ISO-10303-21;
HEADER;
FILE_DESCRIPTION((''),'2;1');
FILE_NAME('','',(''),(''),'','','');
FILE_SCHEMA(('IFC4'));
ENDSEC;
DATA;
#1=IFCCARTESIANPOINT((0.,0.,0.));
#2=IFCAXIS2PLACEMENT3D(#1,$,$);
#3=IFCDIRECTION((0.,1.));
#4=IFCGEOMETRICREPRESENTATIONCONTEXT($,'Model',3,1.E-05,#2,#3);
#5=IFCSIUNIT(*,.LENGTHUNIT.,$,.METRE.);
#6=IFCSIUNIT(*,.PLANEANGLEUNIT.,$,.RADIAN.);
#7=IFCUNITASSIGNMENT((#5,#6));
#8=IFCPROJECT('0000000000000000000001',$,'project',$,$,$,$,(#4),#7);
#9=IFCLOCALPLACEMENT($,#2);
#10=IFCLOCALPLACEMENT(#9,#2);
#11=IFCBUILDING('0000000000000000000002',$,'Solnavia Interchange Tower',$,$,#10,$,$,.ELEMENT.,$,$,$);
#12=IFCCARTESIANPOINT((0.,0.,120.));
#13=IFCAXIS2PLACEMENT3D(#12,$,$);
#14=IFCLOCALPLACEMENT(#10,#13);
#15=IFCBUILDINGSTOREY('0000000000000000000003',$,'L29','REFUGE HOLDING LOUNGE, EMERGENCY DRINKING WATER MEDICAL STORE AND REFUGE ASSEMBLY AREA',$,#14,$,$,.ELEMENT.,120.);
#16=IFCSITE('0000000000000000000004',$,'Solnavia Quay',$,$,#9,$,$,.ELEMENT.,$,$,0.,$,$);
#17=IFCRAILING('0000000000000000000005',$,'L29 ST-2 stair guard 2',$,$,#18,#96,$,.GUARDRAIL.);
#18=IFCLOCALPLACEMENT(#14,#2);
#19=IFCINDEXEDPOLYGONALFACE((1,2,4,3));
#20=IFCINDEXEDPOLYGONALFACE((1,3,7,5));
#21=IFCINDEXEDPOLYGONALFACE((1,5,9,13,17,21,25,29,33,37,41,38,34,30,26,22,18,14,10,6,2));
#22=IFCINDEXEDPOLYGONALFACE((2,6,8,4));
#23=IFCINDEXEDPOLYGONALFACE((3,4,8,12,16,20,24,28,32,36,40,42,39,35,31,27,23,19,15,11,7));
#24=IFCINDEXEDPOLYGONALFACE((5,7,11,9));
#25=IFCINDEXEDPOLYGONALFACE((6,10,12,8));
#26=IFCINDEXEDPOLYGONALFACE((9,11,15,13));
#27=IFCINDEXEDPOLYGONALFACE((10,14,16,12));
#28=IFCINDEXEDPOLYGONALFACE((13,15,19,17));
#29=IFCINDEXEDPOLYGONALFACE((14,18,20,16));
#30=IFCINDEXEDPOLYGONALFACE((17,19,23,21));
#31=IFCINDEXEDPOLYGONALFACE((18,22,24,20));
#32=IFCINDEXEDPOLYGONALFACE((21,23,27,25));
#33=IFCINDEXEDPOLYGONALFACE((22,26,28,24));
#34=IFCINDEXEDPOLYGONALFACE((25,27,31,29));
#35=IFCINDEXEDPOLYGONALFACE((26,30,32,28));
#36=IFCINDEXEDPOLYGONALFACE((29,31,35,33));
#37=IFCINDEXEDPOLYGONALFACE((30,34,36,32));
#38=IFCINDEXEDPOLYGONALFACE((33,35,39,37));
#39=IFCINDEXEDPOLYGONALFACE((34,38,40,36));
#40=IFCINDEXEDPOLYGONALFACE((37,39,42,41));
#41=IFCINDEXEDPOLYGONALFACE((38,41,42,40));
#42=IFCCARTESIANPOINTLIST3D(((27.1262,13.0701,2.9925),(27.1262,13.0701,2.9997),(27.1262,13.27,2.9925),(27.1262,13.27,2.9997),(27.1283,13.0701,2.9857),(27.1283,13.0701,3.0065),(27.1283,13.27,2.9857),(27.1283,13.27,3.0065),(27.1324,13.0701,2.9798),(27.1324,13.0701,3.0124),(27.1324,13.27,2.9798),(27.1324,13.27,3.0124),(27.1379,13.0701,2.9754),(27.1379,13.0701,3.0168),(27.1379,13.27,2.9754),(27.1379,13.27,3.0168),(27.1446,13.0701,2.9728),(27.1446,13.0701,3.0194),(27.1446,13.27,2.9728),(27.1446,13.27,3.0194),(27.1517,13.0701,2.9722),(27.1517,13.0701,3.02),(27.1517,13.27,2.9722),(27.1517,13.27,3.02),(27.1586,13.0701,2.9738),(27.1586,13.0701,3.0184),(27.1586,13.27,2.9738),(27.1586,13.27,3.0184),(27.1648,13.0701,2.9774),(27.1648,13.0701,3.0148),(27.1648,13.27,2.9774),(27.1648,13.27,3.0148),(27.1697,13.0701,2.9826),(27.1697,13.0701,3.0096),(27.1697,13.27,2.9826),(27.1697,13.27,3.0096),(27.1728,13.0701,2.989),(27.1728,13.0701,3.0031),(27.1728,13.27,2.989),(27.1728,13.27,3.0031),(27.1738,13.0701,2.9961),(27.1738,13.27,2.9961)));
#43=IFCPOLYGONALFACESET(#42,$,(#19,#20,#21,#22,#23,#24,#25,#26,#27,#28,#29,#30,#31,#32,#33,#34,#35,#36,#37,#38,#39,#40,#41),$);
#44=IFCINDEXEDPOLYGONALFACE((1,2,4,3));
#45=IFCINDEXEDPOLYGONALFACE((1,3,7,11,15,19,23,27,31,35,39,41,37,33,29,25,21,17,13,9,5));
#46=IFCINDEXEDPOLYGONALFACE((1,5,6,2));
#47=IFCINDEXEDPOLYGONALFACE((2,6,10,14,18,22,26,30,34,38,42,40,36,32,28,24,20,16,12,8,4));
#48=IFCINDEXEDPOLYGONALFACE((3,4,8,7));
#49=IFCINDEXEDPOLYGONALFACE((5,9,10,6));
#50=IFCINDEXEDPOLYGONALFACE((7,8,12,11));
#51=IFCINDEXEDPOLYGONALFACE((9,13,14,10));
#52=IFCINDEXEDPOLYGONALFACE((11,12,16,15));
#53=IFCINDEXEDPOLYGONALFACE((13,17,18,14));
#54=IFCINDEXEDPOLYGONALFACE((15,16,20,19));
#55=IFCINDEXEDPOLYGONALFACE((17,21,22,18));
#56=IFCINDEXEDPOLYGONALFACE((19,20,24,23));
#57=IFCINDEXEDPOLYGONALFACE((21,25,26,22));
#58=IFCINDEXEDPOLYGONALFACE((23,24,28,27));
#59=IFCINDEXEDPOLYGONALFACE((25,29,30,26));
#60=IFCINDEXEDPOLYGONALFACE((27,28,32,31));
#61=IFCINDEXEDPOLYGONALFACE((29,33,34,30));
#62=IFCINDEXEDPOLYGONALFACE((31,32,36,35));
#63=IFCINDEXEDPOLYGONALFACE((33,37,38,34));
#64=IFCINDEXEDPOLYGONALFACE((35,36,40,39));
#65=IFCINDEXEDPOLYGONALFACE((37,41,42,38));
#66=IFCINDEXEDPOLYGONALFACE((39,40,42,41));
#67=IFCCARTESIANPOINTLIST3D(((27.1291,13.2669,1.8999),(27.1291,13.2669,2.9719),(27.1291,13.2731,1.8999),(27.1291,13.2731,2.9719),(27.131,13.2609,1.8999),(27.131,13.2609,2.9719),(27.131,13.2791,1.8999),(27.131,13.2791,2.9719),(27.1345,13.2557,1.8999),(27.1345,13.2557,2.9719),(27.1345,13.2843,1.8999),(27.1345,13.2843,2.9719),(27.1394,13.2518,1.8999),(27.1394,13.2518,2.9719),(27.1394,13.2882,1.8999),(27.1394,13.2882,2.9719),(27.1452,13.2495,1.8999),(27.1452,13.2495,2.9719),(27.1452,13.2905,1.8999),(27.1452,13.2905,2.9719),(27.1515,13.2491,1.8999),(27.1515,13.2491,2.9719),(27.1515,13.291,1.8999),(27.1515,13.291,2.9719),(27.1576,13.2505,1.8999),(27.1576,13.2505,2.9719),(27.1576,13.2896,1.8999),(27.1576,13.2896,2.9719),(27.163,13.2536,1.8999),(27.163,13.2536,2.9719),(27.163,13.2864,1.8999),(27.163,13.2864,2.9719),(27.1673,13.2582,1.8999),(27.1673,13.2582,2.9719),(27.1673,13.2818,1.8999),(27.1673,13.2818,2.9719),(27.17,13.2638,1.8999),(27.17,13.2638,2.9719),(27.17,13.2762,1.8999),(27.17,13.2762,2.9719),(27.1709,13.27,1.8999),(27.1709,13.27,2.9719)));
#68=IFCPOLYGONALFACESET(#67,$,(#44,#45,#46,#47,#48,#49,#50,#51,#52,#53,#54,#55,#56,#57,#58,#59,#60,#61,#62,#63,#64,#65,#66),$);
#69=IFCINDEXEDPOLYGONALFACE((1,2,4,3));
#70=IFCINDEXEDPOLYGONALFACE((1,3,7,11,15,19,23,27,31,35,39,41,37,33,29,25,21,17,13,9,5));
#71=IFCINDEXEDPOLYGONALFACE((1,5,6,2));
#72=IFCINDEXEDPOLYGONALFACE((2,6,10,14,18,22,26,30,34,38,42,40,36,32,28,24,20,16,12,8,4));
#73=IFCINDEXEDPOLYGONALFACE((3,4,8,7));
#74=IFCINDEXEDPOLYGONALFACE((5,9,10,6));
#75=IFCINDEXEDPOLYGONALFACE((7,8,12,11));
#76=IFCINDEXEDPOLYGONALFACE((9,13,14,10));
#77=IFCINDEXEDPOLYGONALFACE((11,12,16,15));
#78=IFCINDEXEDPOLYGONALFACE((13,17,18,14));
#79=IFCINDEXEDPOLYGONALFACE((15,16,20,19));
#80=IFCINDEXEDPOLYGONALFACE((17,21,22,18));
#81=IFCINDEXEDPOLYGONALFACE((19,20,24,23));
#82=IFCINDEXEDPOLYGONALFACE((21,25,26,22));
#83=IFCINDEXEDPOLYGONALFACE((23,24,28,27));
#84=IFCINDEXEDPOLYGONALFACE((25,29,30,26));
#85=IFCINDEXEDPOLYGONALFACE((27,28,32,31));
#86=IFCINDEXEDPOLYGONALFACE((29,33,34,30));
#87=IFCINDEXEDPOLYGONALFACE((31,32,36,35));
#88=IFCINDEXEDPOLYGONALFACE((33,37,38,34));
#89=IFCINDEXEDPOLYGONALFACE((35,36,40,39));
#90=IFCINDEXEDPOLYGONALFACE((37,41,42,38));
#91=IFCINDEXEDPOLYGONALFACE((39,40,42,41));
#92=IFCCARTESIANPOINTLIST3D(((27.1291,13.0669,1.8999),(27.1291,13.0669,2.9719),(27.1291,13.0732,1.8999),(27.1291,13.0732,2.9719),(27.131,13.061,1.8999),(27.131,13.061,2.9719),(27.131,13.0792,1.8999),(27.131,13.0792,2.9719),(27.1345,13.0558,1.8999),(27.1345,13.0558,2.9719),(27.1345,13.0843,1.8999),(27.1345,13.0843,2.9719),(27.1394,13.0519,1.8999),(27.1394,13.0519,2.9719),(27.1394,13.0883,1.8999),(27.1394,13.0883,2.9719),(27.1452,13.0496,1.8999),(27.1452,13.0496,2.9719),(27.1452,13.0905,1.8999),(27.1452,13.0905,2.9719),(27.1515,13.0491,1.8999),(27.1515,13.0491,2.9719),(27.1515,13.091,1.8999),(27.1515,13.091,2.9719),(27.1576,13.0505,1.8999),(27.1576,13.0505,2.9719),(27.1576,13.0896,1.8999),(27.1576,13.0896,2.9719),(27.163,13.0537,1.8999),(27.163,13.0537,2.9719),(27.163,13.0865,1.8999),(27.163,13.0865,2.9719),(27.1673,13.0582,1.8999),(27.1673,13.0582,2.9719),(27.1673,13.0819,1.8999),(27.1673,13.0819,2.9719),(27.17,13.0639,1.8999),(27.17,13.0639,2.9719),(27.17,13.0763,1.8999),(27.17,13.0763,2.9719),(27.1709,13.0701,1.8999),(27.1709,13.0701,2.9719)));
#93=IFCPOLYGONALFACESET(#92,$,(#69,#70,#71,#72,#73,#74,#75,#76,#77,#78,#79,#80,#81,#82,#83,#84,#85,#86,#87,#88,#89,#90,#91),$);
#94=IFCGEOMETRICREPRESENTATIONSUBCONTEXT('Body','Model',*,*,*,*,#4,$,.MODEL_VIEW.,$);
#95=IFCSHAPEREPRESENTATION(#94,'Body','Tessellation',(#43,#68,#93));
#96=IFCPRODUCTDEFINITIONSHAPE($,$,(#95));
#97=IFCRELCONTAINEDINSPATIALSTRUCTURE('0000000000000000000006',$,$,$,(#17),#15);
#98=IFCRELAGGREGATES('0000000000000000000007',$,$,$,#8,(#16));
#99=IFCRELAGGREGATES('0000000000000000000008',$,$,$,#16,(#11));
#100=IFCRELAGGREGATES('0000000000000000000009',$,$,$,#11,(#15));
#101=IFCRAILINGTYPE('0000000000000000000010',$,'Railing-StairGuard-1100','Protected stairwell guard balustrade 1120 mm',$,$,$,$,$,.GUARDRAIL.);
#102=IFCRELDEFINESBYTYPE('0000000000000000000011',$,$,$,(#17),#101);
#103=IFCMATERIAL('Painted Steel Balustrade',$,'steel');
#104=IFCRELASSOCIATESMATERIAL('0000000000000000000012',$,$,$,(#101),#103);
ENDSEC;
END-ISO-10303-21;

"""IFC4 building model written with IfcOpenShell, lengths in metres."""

from ifc_helpers import new_model, si_unit, direction, frame, origin, origin_2d, place, context, subcontext, project, spatial, circle, extrude, material, type_object, element, save


model = new_model("IFC4")

# Units and contexts
model_context = context("Model", 3, precision=1e-05, world=origin(), true_north=direction((0.0, 1.0)))
body_context = subcontext(model_context, "Body", "Model", "MODEL_VIEW")
ifc_project = project(units=[si_unit("LENGTHUNIT", "METRE"), si_unit("PLANEANGLEUNIT", "RADIAN")], contexts=[model_context])

# Site, building, storey
site_placement = place(None, origin())
site = spatial("IfcSite", under=ifc_project, at=site_placement, Name="Solnavia Quay", CompositionType="ELEMENT", RefElevation=0.0)
building_placement = place(site_placement, origin())
building = spatial("IfcBuilding", under=site, at=building_placement, Name="Solnavia Interchange Tower", CompositionType="ELEMENT")
storey_placement = place(building_placement, frame((0.0, 0.0, 120.0)))
storey = spatial("IfcBuildingStorey", under=building, at=storey_placement, Name="L29", Description="REFUGE HOLDING LOUNGE, EMERGENCY DRINKING WATER MEDICAL STORE AND REFUGE ASSEMBLY AREA", CompositionType="ELEMENT", Elevation=120.0)

# Railing
ifc_material_1 = material(Name="Painted Steel Balustrade", Category="steel")
railing_type_1 = type_object("IfcRailingType", Name="Railing-StairGuard-1100", Description="Protected stairwell guard balustrade 1120 mm", PredefinedType="GUARDRAIL", material=ifc_material_1)
railing_1_placement = place(storey_placement, frame((27.1499, 13.27, 1.8999)))
element("IfcRailing", 1, at=railing_1_placement, inside=storey, type_object=railing_type_1, Name="L29 ST-2 stair guard 2", PredefinedType="GUARDRAIL", context=body_context, shape_type="SweptSolid", body=[
    extrude(circle(Radius=0.0239, at=origin_2d()), frame((0.0, 0.0, 1.0962), z_axis=(0.0, -1.0, 0.0), x_axis=(1.0, 0.0, 0.0)), (0.0, 0.0, 1.0), 0.2),
    extrude(circle(Radius=0.021, at=origin_2d()), origin(), (0.0, 0.0, 1.0), 1.072),
    extrude(circle(Radius=0.021, at=origin_2d()), frame((0.0, -0.2, 0.0)), (0.0, 0.0, 1.0), 1.072),
])

save(model, "model.ifc")
